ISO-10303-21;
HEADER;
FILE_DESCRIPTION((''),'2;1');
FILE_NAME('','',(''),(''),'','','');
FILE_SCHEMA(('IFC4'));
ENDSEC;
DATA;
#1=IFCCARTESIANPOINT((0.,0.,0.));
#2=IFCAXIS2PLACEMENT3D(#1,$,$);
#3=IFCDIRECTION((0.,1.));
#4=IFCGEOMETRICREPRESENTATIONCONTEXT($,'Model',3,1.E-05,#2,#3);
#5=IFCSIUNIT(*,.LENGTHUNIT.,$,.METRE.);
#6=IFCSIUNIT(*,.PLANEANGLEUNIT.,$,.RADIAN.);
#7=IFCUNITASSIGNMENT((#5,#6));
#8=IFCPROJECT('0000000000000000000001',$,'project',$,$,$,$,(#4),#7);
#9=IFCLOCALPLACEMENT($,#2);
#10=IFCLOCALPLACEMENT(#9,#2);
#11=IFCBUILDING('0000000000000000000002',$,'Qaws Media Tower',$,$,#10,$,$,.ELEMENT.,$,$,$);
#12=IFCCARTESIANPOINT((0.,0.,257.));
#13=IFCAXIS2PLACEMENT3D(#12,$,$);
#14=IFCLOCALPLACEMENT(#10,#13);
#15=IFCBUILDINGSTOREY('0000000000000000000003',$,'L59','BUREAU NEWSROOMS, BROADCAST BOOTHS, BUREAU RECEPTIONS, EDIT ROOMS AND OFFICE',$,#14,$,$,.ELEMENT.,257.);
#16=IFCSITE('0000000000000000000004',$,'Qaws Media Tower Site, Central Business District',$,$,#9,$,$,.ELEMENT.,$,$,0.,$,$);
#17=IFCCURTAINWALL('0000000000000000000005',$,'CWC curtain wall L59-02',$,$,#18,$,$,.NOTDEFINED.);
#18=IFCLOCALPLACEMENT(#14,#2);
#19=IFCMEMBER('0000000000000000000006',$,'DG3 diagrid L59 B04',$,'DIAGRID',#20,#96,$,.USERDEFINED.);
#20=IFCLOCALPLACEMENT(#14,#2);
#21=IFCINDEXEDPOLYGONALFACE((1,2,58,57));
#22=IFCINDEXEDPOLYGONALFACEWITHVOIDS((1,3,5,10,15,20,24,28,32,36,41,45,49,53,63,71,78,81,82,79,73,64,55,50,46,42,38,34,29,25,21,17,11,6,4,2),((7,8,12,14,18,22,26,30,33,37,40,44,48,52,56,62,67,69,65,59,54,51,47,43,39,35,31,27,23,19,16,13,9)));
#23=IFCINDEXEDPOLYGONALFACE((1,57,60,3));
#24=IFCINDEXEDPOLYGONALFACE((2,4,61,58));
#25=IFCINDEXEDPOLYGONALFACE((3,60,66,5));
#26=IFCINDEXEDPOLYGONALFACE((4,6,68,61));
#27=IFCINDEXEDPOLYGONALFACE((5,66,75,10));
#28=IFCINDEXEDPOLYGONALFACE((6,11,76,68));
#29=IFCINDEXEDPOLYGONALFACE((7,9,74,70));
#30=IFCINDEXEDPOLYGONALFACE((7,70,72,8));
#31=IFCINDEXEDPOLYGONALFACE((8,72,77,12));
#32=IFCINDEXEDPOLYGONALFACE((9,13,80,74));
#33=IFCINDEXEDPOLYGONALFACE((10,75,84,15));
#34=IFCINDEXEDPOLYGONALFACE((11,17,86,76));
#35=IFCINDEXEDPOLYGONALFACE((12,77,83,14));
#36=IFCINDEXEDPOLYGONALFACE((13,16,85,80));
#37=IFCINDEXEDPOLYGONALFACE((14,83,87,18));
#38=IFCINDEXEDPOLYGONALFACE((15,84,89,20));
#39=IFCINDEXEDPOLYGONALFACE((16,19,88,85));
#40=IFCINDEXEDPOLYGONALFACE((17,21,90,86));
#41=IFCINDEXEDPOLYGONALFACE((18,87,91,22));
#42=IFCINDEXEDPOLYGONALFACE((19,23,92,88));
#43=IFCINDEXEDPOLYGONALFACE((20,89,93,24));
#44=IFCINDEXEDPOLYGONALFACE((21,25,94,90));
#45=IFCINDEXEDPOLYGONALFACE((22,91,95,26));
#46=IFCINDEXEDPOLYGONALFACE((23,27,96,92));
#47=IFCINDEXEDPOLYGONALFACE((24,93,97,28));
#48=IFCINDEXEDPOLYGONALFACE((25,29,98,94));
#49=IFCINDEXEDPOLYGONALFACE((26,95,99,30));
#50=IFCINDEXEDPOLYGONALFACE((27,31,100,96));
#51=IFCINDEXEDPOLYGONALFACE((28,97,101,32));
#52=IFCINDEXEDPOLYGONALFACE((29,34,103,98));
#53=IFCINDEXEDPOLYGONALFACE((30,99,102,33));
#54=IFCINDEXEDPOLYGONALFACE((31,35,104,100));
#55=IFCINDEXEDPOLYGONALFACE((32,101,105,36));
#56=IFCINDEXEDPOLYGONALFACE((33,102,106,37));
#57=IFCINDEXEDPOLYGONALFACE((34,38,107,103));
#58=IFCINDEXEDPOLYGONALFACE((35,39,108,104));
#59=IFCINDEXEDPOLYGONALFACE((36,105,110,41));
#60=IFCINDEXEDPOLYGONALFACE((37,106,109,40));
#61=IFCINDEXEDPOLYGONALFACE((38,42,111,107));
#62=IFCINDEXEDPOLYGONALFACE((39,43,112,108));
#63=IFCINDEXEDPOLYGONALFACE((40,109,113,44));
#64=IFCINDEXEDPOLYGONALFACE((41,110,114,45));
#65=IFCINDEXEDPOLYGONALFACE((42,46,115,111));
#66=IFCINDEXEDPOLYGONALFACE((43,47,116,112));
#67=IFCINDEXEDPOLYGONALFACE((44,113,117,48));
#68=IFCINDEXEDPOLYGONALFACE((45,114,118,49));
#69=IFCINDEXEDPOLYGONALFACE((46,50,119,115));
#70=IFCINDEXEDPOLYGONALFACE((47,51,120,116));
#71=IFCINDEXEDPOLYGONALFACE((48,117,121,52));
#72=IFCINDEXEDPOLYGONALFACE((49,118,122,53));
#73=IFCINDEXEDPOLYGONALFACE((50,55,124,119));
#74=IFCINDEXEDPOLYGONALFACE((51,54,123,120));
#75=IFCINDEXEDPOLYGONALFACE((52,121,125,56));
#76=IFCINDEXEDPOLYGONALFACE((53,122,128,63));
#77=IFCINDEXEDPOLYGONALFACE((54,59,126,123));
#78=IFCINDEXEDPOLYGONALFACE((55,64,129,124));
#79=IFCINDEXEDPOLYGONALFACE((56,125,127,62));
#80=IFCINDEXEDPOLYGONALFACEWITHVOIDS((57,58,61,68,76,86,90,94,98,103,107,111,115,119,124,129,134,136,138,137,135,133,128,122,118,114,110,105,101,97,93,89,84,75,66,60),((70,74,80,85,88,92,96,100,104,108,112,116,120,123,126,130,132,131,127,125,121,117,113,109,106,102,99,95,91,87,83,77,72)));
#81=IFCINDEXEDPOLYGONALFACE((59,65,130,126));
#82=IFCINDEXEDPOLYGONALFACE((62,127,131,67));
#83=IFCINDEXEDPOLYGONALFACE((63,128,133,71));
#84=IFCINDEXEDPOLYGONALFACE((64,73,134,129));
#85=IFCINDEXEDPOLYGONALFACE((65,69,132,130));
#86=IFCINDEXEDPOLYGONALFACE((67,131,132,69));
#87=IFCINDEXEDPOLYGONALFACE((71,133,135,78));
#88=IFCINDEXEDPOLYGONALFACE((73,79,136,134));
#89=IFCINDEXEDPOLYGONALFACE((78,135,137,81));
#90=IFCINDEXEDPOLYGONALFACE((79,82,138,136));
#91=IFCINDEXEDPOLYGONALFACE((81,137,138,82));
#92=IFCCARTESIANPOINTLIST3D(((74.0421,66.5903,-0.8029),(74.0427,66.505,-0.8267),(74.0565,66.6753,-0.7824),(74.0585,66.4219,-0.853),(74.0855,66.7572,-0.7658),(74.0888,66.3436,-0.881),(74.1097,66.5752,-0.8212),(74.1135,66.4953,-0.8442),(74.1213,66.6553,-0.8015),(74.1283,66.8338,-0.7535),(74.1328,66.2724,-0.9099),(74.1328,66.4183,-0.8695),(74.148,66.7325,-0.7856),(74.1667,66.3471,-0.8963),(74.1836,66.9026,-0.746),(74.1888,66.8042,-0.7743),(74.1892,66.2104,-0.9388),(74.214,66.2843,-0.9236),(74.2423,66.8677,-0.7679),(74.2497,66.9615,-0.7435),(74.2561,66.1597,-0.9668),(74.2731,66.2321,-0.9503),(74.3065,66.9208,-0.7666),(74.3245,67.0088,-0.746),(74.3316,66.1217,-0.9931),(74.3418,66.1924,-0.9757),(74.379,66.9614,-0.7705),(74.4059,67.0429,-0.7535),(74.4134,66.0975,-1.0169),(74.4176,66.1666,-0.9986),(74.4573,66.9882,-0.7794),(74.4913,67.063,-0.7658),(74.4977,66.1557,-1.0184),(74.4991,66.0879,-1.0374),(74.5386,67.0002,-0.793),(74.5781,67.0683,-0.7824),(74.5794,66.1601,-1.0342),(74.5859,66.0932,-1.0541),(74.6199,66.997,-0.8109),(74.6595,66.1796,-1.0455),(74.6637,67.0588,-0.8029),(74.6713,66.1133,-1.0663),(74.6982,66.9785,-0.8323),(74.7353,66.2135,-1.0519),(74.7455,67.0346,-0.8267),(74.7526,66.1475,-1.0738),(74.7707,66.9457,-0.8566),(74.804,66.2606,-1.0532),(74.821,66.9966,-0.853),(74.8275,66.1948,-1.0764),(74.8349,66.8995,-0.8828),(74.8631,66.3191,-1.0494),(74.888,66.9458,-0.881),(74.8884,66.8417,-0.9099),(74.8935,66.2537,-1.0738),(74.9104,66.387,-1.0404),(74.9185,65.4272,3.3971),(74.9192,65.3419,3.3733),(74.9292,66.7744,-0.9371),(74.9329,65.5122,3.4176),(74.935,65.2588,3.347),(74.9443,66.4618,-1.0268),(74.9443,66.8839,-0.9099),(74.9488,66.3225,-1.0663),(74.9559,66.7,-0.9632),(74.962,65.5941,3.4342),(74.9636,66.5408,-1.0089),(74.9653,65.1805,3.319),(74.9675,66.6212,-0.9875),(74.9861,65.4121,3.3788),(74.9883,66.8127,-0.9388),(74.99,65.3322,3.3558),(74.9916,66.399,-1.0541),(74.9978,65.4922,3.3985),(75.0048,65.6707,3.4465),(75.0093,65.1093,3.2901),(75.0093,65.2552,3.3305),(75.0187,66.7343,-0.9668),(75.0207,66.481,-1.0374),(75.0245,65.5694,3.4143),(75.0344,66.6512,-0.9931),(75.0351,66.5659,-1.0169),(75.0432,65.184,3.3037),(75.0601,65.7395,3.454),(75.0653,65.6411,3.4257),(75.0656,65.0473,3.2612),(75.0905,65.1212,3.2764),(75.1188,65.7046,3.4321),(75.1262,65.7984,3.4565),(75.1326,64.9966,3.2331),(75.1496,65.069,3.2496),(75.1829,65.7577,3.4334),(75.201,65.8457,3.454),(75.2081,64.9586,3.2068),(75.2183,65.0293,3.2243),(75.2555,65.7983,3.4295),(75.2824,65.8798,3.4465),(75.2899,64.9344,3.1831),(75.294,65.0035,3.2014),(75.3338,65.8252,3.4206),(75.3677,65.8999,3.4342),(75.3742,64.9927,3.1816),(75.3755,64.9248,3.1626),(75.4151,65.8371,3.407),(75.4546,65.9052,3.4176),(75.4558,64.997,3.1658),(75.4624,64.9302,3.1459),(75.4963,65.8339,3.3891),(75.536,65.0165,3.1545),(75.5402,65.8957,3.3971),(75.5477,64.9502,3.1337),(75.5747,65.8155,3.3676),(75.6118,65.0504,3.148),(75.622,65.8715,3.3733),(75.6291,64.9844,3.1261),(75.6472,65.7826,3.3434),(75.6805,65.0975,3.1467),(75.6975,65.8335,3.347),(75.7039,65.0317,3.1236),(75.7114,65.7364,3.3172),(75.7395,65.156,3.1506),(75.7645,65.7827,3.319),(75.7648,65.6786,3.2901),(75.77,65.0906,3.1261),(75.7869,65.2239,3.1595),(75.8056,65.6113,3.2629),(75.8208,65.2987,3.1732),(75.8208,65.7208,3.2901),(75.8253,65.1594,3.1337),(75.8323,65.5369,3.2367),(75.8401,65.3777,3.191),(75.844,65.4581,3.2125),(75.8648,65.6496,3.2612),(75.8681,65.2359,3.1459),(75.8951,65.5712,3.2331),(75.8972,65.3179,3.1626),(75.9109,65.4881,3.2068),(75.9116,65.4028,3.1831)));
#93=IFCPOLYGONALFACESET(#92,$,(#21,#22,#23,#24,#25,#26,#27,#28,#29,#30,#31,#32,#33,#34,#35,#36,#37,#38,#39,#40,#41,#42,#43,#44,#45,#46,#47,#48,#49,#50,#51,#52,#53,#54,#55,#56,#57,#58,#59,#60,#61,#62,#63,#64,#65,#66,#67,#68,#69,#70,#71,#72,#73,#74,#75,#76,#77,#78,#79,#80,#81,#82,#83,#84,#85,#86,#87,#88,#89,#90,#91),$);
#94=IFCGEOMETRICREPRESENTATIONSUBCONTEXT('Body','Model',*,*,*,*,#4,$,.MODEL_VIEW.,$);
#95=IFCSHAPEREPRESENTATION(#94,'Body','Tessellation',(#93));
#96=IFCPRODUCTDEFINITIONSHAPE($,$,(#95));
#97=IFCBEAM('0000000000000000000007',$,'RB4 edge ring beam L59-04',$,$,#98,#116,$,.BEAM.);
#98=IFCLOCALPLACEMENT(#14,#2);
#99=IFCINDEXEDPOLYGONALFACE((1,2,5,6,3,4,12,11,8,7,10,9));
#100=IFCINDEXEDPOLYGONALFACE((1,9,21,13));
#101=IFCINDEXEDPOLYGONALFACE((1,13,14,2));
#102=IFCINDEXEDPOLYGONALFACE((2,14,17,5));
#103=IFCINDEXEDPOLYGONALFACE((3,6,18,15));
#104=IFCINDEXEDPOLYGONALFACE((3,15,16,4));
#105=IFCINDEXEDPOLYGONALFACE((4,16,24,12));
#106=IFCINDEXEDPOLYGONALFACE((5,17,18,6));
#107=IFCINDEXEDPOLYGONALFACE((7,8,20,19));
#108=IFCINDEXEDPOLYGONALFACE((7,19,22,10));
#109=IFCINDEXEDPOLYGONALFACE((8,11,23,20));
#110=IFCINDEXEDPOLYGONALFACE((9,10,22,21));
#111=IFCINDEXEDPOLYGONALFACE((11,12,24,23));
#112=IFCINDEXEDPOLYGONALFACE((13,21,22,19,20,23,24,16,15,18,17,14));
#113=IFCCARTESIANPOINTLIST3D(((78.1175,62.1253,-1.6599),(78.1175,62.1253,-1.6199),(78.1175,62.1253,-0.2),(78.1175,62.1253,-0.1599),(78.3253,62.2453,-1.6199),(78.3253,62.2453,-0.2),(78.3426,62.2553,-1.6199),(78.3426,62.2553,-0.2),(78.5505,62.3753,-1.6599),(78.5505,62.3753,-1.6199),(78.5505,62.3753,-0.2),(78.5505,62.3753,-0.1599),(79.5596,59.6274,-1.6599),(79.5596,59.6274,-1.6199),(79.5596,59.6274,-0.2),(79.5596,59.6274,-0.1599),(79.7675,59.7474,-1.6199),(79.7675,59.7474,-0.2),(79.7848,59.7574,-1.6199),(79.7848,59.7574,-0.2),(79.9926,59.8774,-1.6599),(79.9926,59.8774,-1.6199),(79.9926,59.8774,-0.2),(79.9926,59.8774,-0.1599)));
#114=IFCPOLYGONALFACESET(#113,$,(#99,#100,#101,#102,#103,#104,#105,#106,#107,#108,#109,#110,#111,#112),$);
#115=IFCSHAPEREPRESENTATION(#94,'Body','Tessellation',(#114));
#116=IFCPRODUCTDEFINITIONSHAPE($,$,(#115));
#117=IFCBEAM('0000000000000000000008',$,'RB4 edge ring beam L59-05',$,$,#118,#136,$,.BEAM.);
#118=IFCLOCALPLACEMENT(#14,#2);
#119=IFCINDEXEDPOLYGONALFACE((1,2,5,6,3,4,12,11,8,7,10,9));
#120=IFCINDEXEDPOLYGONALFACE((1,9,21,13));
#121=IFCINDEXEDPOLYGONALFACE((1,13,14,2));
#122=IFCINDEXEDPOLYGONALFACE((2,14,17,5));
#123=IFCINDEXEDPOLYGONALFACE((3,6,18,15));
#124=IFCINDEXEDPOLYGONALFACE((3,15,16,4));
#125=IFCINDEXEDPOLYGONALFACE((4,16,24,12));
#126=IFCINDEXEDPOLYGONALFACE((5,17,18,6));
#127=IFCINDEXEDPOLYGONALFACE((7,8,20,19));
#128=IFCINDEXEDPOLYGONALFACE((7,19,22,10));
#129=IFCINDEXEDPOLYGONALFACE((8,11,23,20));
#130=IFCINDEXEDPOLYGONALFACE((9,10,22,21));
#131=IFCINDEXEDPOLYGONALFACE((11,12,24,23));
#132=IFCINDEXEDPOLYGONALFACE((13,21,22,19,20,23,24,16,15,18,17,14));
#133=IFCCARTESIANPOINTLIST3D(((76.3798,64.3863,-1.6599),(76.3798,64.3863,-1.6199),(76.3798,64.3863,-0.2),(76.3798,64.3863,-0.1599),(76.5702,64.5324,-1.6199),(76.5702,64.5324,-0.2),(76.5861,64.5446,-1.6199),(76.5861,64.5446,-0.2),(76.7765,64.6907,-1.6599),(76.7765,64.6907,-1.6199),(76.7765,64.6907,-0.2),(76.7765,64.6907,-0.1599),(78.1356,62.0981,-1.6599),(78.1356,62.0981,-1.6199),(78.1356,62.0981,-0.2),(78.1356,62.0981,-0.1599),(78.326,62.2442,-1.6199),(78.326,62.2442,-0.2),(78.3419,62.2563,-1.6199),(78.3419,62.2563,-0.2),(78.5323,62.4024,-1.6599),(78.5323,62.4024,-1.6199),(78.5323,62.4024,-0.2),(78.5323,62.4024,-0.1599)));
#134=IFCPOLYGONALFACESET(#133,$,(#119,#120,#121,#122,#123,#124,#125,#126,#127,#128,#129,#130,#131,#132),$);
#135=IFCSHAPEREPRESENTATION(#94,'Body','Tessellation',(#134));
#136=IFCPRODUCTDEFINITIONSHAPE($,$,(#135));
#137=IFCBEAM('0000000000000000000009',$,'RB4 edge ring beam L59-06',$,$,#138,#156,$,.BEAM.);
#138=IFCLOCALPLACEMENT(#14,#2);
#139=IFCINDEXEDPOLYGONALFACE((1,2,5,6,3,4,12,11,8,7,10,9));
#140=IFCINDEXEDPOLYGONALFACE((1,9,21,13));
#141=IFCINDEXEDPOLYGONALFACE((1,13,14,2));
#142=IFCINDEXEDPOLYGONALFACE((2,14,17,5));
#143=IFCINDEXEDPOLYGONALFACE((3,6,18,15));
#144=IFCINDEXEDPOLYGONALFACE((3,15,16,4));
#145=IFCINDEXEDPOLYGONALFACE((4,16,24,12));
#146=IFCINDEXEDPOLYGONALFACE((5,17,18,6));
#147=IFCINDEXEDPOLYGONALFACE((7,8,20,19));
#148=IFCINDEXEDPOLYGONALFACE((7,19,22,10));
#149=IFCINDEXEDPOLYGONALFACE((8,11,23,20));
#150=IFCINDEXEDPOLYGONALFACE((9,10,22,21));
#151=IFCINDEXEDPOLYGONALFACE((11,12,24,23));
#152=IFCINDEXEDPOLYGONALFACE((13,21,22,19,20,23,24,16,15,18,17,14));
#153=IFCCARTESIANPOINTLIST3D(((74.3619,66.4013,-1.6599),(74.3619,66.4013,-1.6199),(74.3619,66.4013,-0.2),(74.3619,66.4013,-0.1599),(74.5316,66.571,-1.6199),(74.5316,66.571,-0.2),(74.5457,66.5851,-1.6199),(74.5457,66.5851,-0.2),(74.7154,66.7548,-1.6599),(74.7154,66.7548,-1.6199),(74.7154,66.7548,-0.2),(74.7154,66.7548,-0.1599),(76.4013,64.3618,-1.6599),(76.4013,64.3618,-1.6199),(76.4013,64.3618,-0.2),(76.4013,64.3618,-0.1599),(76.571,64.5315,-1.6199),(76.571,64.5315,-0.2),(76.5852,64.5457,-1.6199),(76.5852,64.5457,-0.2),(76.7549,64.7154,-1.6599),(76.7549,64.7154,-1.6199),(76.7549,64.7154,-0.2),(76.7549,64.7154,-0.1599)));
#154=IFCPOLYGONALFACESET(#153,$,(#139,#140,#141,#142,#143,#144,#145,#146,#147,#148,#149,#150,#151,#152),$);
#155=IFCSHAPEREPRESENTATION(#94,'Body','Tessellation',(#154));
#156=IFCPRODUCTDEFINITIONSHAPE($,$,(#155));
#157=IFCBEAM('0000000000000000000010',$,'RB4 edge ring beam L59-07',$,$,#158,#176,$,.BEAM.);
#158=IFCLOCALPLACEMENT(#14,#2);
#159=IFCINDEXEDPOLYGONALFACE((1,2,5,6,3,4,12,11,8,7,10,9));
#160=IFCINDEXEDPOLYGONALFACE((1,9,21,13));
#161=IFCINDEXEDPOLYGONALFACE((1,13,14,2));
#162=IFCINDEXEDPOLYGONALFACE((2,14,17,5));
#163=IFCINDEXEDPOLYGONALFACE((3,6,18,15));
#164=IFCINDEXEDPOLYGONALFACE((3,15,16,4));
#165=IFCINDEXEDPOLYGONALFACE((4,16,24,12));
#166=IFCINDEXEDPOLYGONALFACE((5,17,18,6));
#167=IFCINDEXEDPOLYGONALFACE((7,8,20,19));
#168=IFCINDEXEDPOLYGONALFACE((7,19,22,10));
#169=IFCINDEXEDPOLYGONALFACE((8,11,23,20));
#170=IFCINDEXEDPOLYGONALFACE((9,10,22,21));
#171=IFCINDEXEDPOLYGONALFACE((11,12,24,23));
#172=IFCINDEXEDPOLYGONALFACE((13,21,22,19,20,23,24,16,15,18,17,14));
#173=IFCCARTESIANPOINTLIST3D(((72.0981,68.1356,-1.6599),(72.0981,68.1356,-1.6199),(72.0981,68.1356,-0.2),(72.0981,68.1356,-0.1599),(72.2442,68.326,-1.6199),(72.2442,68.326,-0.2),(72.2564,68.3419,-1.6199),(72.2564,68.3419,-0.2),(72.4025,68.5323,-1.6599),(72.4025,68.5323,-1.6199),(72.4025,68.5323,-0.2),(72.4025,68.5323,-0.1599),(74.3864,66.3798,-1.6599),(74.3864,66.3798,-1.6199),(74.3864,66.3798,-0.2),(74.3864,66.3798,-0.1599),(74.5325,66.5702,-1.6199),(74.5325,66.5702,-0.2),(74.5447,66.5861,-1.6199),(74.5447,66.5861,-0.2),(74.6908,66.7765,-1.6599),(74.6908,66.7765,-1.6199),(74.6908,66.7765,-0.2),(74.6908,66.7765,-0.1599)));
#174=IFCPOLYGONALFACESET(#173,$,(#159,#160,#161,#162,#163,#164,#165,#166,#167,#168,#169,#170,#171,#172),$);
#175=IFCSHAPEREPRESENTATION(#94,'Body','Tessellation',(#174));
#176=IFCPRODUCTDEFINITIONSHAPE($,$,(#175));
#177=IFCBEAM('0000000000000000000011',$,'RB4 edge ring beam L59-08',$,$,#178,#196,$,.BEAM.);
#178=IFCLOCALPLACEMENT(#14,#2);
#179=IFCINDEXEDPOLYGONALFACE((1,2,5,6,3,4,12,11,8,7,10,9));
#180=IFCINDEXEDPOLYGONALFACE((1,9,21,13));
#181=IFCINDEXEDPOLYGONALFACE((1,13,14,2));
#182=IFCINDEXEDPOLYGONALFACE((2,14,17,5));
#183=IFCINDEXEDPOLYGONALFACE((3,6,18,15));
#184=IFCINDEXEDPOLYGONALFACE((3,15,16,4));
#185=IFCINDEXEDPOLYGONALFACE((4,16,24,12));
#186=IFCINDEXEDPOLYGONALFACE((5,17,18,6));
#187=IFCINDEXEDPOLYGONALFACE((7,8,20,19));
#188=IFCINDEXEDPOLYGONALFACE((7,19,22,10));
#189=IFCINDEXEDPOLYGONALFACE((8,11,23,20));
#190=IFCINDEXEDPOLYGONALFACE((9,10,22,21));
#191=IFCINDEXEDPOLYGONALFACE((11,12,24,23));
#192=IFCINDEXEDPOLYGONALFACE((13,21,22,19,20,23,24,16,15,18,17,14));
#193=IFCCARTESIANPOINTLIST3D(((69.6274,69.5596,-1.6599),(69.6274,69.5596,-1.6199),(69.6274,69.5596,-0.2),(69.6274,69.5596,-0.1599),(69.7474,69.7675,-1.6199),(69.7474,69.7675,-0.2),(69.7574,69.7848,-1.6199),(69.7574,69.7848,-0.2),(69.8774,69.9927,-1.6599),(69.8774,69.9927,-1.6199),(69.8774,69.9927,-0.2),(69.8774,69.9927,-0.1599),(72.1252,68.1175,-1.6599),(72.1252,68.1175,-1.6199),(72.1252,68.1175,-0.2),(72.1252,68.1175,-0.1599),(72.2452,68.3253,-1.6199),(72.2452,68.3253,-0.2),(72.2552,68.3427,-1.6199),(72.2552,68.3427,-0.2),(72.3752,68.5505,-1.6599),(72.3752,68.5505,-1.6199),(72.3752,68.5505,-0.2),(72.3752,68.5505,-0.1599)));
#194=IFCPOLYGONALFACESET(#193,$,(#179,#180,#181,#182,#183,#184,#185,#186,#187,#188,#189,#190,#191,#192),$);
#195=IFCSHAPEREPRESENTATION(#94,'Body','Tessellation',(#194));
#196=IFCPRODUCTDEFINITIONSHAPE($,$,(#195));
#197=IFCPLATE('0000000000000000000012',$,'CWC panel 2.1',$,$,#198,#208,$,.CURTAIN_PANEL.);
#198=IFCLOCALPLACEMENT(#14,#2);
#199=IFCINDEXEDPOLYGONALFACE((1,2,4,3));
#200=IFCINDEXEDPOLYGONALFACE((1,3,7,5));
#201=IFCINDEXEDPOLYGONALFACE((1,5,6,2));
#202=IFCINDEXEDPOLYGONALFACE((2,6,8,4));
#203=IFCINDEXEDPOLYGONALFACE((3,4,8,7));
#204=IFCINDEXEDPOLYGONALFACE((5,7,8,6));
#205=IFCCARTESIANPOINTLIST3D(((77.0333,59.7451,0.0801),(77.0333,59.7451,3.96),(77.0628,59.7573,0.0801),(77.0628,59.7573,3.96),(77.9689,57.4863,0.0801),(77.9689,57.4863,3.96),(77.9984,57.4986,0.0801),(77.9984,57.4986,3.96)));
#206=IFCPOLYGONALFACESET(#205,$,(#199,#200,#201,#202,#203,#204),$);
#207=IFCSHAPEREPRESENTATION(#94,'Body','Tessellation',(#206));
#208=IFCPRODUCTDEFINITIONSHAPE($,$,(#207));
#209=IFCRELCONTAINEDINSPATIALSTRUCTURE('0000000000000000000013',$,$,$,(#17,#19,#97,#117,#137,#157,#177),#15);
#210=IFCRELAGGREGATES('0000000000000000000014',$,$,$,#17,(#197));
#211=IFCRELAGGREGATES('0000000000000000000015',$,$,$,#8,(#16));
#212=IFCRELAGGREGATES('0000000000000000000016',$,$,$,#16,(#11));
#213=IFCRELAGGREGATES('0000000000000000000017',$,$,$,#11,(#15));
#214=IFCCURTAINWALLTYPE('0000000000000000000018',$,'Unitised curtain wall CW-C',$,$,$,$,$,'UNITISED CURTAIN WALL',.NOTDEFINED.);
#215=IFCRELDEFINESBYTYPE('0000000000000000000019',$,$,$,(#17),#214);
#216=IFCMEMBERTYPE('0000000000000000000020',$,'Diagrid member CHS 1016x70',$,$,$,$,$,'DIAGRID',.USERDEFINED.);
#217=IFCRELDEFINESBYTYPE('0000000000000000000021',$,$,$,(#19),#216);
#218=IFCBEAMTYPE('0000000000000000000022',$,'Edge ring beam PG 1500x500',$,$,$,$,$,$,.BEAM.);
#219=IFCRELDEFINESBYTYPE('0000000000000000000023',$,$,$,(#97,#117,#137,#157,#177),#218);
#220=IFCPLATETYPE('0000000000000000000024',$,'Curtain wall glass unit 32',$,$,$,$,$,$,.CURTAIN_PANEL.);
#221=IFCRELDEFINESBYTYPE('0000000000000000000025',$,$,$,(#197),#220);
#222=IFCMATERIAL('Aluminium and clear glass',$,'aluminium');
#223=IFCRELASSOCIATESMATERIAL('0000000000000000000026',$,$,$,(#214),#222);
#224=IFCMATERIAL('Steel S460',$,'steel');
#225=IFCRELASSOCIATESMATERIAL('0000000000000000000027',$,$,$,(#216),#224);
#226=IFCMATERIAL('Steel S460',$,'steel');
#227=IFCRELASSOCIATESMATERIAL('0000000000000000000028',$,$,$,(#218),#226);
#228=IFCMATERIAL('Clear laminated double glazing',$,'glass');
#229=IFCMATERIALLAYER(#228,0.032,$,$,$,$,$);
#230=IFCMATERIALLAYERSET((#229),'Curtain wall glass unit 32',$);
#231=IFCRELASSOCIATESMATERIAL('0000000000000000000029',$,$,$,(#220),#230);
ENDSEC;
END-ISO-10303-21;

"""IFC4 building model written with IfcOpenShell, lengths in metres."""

from ifc_helpers import new_model, si_unit, direction, frame, origin, origin_2d, place, context, subcontext, project, spatial, rectangle, hollow_circle, i_section, extrude, material, layer, layer_set, material_profile, profile_set, type_object, element, aggregate, save


model = new_model("IFC4")

# Units and contexts
model_context = context("Model", 3, precision=1e-05, world=origin(), true_north=direction((0.0, 1.0)))
body_context = subcontext(model_context, "Body", "Model", "MODEL_VIEW")
ifc_project = project(units=[si_unit("LENGTHUNIT", "METRE"), si_unit("PLANEANGLEUNIT", "RADIAN")], contexts=[model_context])

# Site, building, storey
site_placement = place(None, origin())
site = spatial("IfcSite", under=ifc_project, at=site_placement, Name="Qaws Media Tower Site, Central Business District", CompositionType="ELEMENT", RefElevation=0.0)
building_placement = place(site_placement, origin())
building = spatial("IfcBuilding", under=site, at=building_placement, Name="Qaws Media Tower", CompositionType="ELEMENT")
storey_placement = place(building_placement, frame((0.0, 0.0, 257.0)))
storey = spatial("IfcBuildingStorey", under=building, at=storey_placement, Name="L59", Description="BUREAU NEWSROOMS, BROADCAST BOOTHS, BUREAU RECEPTIONS, EDIT ROOMS AND OFFICE", CompositionType="ELEMENT", Elevation=257.0)

# Curtain wall
ifc_material_1 = material(Name="Aluminium and clear glass", Category="aluminium")
curtain_wall_type = type_object("IfcCurtainWallType", Name="Unitised curtain wall CW-C", ElementType="UNITISED CURTAIN WALL", PredefinedType="NOTDEFINED", material=ifc_material_1)
curtain_wall_1_placement = place(storey_placement, origin())
curtain_wall_1 = element("IfcCurtainWall", 1, at=curtain_wall_1_placement, inside=storey, type_object=curtain_wall_type, Name="CWC curtain wall L59-02", PredefinedType="NOTDEFINED")

# Member
ifc_material_2 = material(Name="Steel S460", Category="steel")
ifc_material_profile_1 = material_profile(ifc_material_2, hollow_circle(Radius=0.5081, WallThickness=0.0701, at=origin_2d()), Name="CHS 1016x70")
ifc_profile_set_1 = profile_set([ifc_material_profile_1], Name="Steel S460")
member_type_1 = type_object("IfcMemberType", Name="Diagrid member CHS 1016x70", ElementType="DIAGRID", PredefinedType="USERDEFINED", material=ifc_profile_set_1)
for number, where, z_axis, x_axis, name in (
    (2, (74.5386, 66.5781, -0.9099), (0.197167, -0.261645, 0.944811), (0.79863, 0.601822, 0.0), "DG3 diagrid L59 B04"),
):
    element("IfcMember", number, at=place(storey_placement, frame(where, z_axis=z_axis, x_axis=x_axis)), inside=storey, type_object=member_type_1, Name=name, ObjectType="DIAGRID", PredefinedType="USERDEFINED", context=body_context, shape_type="SweptSolid", body=[
        extrude(hollow_circle(Radius=0.5081, WallThickness=0.0701, at=origin_2d()), origin(), (0.0, 0.0, 1.0), 4.4453),
    ])

# Beams
ifc_material_3 = material(Name="Steel S460", Category="steel")
ifc_material_profile_2 = material_profile(ifc_material_3, i_section(OverallWidth=0.5, OverallDepth=1.5, WebThickness=0.02, FlangeThickness=0.04, at=origin_2d()), Name="PG 1500x500")
ifc_profile_set_2 = profile_set([ifc_material_profile_2], Name="Steel S460")
beam_type = type_object("IfcBeamType", Name="Edge ring beam PG 1500x500", PredefinedType="BEAM", material=ifc_profile_set_2)
for number, where, z_axis, x_axis, name in (
    (3, (79.7761, 59.7524, -0.9099), (-0.500008, 0.866021, 0.0), (-0.866021, -0.500008, 0.0), "RB4 edge ring beam L59-04"),
    (4, (78.334, 62.2502, -0.9099), (-0.608753, 0.79336, 0.0), (-0.79336, -0.608753, 0.0), "RB4 edge ring beam L59-05"),
    (5, (76.5781, 64.5386, -0.9099), (-0.707107, 0.707107, 0.0), (-0.707107, -0.707107, 0.0), "RB4 edge ring beam L59-06"),
    (6, (74.5386, 66.5781, -0.9099), (-0.79336, 0.608753, 0.0), (-0.608753, -0.79336, 0.0), "RB4 edge ring beam L59-07"),
    (7, (72.2502, 68.334, -0.9099), (-0.866021, 0.500008, 0.0), (-0.500008, -0.866021, 0.0), "RB4 edge ring beam L59-08"),
):
    element("IfcBeam", number, at=place(storey_placement, frame(where, z_axis=z_axis, x_axis=x_axis)), inside=storey, type_object=beam_type, Name=name, PredefinedType="BEAM", context=body_context, shape_type="SweptSolid", body=[
        extrude(i_section(OverallWidth=0.5, OverallDepth=1.5, WebThickness=0.02, FlangeThickness=0.04, at=origin_2d()), origin(), (0.0, 0.0, 1.0), 2.8843),
    ])

# Plate
ifc_material_4 = material(Name="Clear laminated double glazing", Category="glass")
ifc_layer_1 = layer(ifc_material_4, 0.032)
ifc_layer_set_1 = layer_set([ifc_layer_1], Name="Curtain wall glass unit 32")
plate_type_1 = type_object("IfcPlateType", Name="Curtain wall glass unit 32", PredefinedType="CURTAIN_PANEL", material=ifc_layer_set_1)
plate_1_placement = place(storey_placement, frame((77.5159, 58.6218, 0.0801), z_axis=(0.0, 0.0, 1.0), x_axis=(-0.382683, 0.92388, 0.0)))
plate_1 = element("IfcPlate", 8, at=plate_1_placement, type_object=plate_type_1, Name="CWC panel 2.1", PredefinedType="CURTAIN_PANEL", context=body_context, shape_type="SweptSolid", body=[
    extrude(rectangle(XDim=2.4448, YDim=0.032, at=origin_2d()), origin(), (0.0, 0.0, 1.0), 3.8799),
])
aggregate(curtain_wall_1, [plate_1])

save(model, "model.ifc")
